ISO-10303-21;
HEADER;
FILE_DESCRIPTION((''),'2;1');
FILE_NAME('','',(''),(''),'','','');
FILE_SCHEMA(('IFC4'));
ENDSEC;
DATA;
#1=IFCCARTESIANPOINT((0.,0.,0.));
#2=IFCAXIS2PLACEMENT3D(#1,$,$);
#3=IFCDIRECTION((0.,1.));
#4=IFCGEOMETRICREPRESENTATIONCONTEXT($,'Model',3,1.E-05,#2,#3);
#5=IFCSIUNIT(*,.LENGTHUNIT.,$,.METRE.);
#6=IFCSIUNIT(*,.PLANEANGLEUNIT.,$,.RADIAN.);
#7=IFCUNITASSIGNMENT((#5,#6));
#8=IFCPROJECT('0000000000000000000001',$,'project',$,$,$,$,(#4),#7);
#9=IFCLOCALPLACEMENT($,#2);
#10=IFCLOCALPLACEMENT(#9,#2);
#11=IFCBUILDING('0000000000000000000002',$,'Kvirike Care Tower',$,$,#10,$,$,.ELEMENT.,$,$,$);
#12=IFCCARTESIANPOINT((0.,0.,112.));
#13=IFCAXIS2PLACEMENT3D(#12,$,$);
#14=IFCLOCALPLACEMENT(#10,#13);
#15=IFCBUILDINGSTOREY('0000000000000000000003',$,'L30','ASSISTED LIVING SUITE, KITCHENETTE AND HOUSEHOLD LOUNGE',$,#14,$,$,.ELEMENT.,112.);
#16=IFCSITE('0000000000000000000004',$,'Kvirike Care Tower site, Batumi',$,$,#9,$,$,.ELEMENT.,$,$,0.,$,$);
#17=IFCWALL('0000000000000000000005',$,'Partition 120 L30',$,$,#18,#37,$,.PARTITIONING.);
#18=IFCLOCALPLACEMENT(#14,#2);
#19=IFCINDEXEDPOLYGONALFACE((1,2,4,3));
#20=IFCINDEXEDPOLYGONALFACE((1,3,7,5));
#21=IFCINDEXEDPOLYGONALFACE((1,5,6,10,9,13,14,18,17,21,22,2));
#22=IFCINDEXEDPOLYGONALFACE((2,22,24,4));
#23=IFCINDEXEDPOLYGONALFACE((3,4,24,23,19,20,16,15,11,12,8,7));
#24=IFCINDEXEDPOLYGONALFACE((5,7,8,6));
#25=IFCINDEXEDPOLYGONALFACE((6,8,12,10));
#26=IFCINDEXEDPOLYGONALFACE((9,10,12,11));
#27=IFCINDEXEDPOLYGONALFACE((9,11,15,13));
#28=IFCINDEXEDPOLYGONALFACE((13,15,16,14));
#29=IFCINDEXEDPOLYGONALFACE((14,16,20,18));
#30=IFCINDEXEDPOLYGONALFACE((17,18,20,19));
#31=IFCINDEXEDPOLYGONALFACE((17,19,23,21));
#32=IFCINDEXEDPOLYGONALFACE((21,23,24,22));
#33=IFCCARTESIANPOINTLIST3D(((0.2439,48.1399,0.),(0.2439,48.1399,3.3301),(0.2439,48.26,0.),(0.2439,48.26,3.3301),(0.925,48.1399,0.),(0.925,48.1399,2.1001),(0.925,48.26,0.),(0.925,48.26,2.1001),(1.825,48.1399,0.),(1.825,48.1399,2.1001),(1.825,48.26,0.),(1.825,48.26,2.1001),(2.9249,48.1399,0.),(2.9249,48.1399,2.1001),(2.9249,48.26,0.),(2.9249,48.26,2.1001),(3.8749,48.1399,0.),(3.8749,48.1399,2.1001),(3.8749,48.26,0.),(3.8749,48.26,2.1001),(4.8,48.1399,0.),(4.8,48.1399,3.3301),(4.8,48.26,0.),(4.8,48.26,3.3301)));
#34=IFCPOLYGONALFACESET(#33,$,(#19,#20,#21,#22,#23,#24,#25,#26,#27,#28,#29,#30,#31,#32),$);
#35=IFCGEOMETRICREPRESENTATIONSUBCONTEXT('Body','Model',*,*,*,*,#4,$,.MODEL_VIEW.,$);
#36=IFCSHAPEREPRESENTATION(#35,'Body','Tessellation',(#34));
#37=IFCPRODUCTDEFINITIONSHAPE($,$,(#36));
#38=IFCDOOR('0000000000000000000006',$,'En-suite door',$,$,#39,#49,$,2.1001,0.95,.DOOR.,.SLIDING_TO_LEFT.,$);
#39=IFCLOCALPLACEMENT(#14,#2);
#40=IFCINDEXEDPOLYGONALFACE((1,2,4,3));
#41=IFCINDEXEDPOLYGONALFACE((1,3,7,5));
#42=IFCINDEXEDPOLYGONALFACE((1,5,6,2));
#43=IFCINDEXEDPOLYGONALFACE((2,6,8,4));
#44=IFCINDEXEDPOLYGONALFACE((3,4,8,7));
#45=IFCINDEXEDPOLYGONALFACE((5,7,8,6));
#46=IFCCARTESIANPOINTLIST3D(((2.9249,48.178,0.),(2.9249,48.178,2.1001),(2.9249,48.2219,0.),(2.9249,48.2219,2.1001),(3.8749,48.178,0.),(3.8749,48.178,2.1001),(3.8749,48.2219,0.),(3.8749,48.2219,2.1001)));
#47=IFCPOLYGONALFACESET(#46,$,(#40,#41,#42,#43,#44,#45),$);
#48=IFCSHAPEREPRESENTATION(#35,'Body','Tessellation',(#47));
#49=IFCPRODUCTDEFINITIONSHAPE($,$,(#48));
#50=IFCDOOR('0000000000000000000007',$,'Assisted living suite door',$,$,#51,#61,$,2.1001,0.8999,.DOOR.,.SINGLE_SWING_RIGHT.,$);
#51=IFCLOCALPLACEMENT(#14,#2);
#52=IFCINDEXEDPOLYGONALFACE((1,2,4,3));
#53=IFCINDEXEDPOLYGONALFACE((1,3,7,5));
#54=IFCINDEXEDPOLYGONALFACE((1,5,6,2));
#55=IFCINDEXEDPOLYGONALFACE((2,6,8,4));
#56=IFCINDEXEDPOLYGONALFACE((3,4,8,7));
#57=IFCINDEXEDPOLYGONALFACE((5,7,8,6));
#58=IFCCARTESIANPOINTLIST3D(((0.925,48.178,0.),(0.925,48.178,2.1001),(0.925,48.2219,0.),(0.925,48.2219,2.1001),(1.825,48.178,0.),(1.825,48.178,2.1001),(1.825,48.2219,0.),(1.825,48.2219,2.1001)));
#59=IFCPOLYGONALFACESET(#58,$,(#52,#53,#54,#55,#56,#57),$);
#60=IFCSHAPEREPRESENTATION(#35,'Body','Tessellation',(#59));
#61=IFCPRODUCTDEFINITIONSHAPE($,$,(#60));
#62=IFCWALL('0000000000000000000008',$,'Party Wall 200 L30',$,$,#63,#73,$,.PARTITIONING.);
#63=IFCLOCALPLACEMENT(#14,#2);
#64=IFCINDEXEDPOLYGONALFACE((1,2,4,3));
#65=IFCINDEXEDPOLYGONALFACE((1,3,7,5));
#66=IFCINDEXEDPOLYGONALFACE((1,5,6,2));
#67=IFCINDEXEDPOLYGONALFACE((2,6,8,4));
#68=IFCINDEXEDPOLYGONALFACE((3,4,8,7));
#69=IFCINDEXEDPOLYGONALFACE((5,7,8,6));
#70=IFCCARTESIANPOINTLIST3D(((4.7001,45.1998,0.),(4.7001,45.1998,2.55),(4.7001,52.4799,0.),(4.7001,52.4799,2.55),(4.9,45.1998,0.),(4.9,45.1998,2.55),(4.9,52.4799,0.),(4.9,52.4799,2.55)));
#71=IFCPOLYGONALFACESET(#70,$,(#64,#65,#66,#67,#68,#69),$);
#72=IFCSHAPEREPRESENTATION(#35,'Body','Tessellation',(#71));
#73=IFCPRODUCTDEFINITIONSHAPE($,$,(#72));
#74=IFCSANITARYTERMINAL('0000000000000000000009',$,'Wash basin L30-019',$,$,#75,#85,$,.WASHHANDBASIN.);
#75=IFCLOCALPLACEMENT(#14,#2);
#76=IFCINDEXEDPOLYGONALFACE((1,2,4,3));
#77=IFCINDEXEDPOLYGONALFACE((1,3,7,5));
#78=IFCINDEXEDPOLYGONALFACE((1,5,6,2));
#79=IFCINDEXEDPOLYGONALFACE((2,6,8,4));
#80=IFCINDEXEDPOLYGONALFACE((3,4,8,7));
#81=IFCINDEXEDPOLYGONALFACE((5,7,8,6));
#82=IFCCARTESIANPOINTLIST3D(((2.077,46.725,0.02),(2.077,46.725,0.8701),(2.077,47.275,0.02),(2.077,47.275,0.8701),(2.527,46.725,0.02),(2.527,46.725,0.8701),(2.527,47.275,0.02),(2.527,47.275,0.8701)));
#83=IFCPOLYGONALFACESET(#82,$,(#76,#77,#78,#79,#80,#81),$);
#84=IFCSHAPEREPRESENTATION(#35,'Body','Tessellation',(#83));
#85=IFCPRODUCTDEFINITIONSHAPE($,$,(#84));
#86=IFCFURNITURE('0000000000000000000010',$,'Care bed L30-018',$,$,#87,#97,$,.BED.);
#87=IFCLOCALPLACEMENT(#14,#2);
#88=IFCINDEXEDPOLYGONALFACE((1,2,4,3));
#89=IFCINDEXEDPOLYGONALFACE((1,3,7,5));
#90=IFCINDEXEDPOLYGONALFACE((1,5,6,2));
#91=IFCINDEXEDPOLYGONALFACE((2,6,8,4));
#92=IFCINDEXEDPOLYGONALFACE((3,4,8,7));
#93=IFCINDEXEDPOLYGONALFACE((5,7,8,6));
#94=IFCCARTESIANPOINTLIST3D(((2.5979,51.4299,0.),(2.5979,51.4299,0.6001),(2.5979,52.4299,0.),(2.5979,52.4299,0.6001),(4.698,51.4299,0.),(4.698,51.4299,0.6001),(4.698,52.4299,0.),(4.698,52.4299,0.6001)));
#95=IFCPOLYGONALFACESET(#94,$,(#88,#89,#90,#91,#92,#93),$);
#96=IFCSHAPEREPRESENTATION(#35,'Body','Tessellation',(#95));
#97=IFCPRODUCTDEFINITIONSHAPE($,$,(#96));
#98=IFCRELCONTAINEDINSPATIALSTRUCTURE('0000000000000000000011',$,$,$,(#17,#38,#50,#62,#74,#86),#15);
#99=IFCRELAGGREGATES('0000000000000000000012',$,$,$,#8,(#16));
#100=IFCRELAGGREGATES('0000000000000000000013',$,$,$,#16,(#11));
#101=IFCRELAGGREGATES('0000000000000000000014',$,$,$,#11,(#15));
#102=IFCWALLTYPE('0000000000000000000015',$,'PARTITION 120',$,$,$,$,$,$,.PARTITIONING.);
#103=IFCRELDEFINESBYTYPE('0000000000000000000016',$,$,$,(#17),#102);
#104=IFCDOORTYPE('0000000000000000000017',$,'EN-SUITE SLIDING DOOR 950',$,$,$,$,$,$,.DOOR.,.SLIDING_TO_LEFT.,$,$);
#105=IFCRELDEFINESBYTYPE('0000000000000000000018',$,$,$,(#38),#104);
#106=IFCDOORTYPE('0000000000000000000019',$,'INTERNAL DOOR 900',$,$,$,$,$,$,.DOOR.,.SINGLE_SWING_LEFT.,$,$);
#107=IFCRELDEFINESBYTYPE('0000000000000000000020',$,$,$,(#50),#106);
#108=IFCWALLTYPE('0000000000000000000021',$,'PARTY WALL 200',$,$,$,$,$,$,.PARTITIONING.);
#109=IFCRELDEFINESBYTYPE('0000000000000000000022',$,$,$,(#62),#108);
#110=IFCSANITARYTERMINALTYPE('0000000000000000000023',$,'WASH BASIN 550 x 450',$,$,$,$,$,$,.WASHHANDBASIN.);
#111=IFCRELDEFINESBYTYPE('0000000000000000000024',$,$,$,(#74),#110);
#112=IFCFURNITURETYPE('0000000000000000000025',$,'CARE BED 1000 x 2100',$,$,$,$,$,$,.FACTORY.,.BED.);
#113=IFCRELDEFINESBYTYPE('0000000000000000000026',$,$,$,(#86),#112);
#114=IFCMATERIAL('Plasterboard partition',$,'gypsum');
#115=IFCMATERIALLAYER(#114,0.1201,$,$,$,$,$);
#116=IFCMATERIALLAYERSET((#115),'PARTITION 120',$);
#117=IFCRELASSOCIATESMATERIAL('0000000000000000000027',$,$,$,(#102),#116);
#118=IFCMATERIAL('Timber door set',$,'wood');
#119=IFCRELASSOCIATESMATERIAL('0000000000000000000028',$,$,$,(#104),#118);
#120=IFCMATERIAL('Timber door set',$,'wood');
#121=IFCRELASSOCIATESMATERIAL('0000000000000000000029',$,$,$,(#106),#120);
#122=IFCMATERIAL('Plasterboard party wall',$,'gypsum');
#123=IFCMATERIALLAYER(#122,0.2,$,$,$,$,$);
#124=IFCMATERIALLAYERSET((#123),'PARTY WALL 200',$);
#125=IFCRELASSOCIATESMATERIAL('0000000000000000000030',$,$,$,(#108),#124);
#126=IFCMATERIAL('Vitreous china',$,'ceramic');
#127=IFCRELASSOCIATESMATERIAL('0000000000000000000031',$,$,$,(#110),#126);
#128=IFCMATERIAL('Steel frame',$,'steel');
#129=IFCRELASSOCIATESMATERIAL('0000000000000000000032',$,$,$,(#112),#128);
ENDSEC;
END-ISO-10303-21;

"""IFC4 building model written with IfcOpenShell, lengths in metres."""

from ifc_helpers import new_model, si_unit, direction, frame, frame_2d, origin, origin_2d, place, context, subcontext, project, spatial, rectangle, extrude, material, layer, layer_set, type_object, element, fill, save


model = new_model("IFC4")

# Units and contexts
model_context = context("Model", 3, precision=1e-05, world=origin(), true_north=direction((0.0, 1.0)))
body_context = subcontext(model_context, "Body", "Model", "MODEL_VIEW")
ifc_project = project(units=[si_unit("LENGTHUNIT", "METRE"), si_unit("PLANEANGLEUNIT", "RADIAN")], contexts=[model_context])

# Site, building, storey
site_placement = place(None, origin())
site = spatial("IfcSite", under=ifc_project, at=site_placement, Name="Kvirike Care Tower site, Batumi", CompositionType="ELEMENT", RefElevation=0.0)
building_placement = place(site_placement, origin())
building = spatial("IfcBuilding", under=site, at=building_placement, Name="Kvirike Care Tower", CompositionType="ELEMENT")
storey_placement = place(building_placement, frame((0.0, 0.0, 112.0)))
storey = spatial("IfcBuildingStorey", under=building, at=storey_placement, Name="L30", Description="ASSISTED LIVING SUITE, KITCHENETTE AND HOUSEHOLD LOUNGE", CompositionType="ELEMENT", Elevation=112.0)

# Wall, openings, doors
ifc_material_1 = material(Name="Plasterboard partition", Category="gypsum")
ifc_layer_1 = layer(ifc_material_1, 0.1201)
ifc_layer_set_1 = layer_set([ifc_layer_1], Name="PARTITION 120")
wall_type_1 = type_object("IfcWallType", Name="PARTITION 120", PredefinedType="PARTITIONING", material=ifc_layer_set_1)
wall_1_placement = place(storey_placement, frame((4.8, 48.2, 0.0), z_axis=(0.0, 0.0, 1.0), x_axis=(-1.0, 0.0, 0.0)))
wall_1 = element("IfcWall", 1, at=wall_1_placement, inside=storey, type_object=wall_type_1, Name="Partition 120 L30", PredefinedType="PARTITIONING", context=body_context, shape_type="SweptSolid", body=[
    extrude(rectangle(XDim=4.5562, YDim=0.1201, at=frame_2d((2.2781, 0.0))), origin(), (0.0, 0.0, 1.0), 3.3301),
])
opening_1_placement = place(wall_1_placement, frame((2.9751, 0.0, 0.0)))
opening_1 = element("IfcOpeningElement", 2, at=opening_1_placement, cuts=wall_1, PredefinedType="OPENING", context=body_context, shape_type="SweptSolid", body=[
    extrude(rectangle(XDim=0.8999, YDim=2.1001, at=frame_2d((0.45, 1.05))), frame((0.0, 0.0706, 0.0), z_axis=(0.0, -1.0, 0.0), x_axis=(1.0, 0.0, 0.0)), (0.0, 0.0, 1.0), 0.1411),
])
opening_2_placement = place(wall_1_placement, frame((0.925, 0.0, 0.0)))
opening_2 = element("IfcOpeningElement", 3, at=opening_2_placement, cuts=wall_1, PredefinedType="OPENING", context=body_context, shape_type="SweptSolid", body=[
    extrude(rectangle(XDim=0.95, YDim=2.1001, at=frame_2d((0.4751, 1.05))), frame((0.0, 0.0706, 0.0), z_axis=(0.0, -1.0, 0.0), x_axis=(1.0, 0.0, 0.0)), (0.0, 0.0, 1.0), 0.1411),
])
ifc_material_2 = material(Name="Timber door set", Category="wood")
door_type_1 = type_object("IfcDoorType", Name="EN-SUITE SLIDING DOOR 950", OperationType="SLIDING_TO_LEFT", PredefinedType="DOOR", material=ifc_material_2)
door_1_placement = place(opening_2_placement, origin())
door_1 = element("IfcDoor", 4, at=door_1_placement, inside=storey, type_object=door_type_1, Name="En-suite door", OperationType="SLIDING_TO_LEFT", OverallHeight=2.1001, OverallWidth=0.95, PredefinedType="DOOR", context=body_context, shape_type="SweptSolid", body=[
    extrude(rectangle(XDim=0.95, YDim=2.1001, at=frame_2d((0.4751, 1.05))), frame((0.0, 0.022, 0.0), z_axis=(0.0, -1.0, 0.0), x_axis=(1.0, 0.0, 0.0)), (0.0, 0.0, 1.0), 0.0439),
])
fill(opening_2, door_1)
ifc_material_3 = material(Name="Timber door set", Category="wood")
door_type_2 = type_object("IfcDoorType", Name="INTERNAL DOOR 900", OperationType="SINGLE_SWING_LEFT", PredefinedType="DOOR", material=ifc_material_3)
door_2_placement = place(opening_1_placement, origin())
door_2 = element("IfcDoor", 5, at=door_2_placement, inside=storey, type_object=door_type_2, Name="Assisted living suite door", OperationType="SINGLE_SWING_RIGHT", OverallHeight=2.1001, OverallWidth=0.8999, PredefinedType="DOOR", context=body_context, shape_type="SweptSolid", body=[
    extrude(rectangle(XDim=0.8999, YDim=2.1001, at=frame_2d((0.45, 1.05))), frame((0.0, 0.022, 0.0), z_axis=(0.0, -1.0, 0.0), x_axis=(1.0, 0.0, 0.0)), (0.0, 0.0, 1.0), 0.0439),
])
fill(opening_1, door_2)

# Wall
ifc_material_4 = material(Name="Plasterboard party wall", Category="gypsum")
ifc_layer_2 = layer(ifc_material_4, 0.2)
ifc_layer_set_2 = layer_set([ifc_layer_2], Name="PARTY WALL 200")
wall_type_2 = type_object("IfcWallType", Name="PARTY WALL 200", PredefinedType="PARTITIONING", material=ifc_layer_set_2)
wall_2_placement = place(storey_placement, frame((4.8, 52.48, 0.0), z_axis=(0.0, 0.0, 1.0), x_axis=(0.0, -1.0, 0.0)))
element("IfcWall", 6, at=wall_2_placement, inside=storey, type_object=wall_type_2, Name="Party Wall 200 L30", PredefinedType="PARTITIONING", context=body_context, shape_type="SweptSolid", body=[
    extrude(rectangle(XDim=7.28, YDim=0.2, at=frame_2d((3.6401, 0.0))), origin(), (0.0, 0.0, 1.0), 2.55),
])

# Sanitary terminal
ifc_material_5 = material(Name="Vitreous china", Category="ceramic")
sanitary_terminal_type = type_object("IfcSanitaryTerminalType", Name="WASH BASIN 550 x 450", PredefinedType="WASHHANDBASIN", material=ifc_material_5)
sanitary_terminal_placement = place(storey_placement, frame((2.302, 47.0, 0.02), z_axis=(0.0, 0.0, 1.0), x_axis=(0.0, 1.0, 0.0)))
element("IfcSanitaryTerminal", 7, at=sanitary_terminal_placement, inside=storey, type_object=sanitary_terminal_type, Name="Wash basin L30-019", PredefinedType="WASHHANDBASIN", context=body_context, shape_type="SweptSolid", body=[
    extrude(rectangle(XDim=0.55, YDim=0.45, at=origin_2d()), origin(), (0.0, 0.0, 1.0), 0.8501),
])

# Furniture
ifc_material_6 = material(Name="Steel frame", Category="steel")
furniture_type = type_object("IfcFurnitureType", Name="CARE BED 1000 x 2100", AssemblyPlace="FACTORY", PredefinedType="BED", material=ifc_material_6)
furniture_placement = place(storey_placement, frame((3.6479, 51.9299, 0.0), z_axis=(0.0, 0.0, 1.0), x_axis=(0.0, -1.0, 0.0)))
element("IfcFurniture", 8, at=furniture_placement, inside=storey, type_object=furniture_type, Name="Care bed L30-018", PredefinedType="BED", context=body_context, shape_type="SweptSolid", body=[
    extrude(rectangle(XDim=1.0, YDim=2.1001, at=origin_2d()), origin(), (0.0, 0.0, 1.0), 0.6001),
])

save(model, "model.ifc")
